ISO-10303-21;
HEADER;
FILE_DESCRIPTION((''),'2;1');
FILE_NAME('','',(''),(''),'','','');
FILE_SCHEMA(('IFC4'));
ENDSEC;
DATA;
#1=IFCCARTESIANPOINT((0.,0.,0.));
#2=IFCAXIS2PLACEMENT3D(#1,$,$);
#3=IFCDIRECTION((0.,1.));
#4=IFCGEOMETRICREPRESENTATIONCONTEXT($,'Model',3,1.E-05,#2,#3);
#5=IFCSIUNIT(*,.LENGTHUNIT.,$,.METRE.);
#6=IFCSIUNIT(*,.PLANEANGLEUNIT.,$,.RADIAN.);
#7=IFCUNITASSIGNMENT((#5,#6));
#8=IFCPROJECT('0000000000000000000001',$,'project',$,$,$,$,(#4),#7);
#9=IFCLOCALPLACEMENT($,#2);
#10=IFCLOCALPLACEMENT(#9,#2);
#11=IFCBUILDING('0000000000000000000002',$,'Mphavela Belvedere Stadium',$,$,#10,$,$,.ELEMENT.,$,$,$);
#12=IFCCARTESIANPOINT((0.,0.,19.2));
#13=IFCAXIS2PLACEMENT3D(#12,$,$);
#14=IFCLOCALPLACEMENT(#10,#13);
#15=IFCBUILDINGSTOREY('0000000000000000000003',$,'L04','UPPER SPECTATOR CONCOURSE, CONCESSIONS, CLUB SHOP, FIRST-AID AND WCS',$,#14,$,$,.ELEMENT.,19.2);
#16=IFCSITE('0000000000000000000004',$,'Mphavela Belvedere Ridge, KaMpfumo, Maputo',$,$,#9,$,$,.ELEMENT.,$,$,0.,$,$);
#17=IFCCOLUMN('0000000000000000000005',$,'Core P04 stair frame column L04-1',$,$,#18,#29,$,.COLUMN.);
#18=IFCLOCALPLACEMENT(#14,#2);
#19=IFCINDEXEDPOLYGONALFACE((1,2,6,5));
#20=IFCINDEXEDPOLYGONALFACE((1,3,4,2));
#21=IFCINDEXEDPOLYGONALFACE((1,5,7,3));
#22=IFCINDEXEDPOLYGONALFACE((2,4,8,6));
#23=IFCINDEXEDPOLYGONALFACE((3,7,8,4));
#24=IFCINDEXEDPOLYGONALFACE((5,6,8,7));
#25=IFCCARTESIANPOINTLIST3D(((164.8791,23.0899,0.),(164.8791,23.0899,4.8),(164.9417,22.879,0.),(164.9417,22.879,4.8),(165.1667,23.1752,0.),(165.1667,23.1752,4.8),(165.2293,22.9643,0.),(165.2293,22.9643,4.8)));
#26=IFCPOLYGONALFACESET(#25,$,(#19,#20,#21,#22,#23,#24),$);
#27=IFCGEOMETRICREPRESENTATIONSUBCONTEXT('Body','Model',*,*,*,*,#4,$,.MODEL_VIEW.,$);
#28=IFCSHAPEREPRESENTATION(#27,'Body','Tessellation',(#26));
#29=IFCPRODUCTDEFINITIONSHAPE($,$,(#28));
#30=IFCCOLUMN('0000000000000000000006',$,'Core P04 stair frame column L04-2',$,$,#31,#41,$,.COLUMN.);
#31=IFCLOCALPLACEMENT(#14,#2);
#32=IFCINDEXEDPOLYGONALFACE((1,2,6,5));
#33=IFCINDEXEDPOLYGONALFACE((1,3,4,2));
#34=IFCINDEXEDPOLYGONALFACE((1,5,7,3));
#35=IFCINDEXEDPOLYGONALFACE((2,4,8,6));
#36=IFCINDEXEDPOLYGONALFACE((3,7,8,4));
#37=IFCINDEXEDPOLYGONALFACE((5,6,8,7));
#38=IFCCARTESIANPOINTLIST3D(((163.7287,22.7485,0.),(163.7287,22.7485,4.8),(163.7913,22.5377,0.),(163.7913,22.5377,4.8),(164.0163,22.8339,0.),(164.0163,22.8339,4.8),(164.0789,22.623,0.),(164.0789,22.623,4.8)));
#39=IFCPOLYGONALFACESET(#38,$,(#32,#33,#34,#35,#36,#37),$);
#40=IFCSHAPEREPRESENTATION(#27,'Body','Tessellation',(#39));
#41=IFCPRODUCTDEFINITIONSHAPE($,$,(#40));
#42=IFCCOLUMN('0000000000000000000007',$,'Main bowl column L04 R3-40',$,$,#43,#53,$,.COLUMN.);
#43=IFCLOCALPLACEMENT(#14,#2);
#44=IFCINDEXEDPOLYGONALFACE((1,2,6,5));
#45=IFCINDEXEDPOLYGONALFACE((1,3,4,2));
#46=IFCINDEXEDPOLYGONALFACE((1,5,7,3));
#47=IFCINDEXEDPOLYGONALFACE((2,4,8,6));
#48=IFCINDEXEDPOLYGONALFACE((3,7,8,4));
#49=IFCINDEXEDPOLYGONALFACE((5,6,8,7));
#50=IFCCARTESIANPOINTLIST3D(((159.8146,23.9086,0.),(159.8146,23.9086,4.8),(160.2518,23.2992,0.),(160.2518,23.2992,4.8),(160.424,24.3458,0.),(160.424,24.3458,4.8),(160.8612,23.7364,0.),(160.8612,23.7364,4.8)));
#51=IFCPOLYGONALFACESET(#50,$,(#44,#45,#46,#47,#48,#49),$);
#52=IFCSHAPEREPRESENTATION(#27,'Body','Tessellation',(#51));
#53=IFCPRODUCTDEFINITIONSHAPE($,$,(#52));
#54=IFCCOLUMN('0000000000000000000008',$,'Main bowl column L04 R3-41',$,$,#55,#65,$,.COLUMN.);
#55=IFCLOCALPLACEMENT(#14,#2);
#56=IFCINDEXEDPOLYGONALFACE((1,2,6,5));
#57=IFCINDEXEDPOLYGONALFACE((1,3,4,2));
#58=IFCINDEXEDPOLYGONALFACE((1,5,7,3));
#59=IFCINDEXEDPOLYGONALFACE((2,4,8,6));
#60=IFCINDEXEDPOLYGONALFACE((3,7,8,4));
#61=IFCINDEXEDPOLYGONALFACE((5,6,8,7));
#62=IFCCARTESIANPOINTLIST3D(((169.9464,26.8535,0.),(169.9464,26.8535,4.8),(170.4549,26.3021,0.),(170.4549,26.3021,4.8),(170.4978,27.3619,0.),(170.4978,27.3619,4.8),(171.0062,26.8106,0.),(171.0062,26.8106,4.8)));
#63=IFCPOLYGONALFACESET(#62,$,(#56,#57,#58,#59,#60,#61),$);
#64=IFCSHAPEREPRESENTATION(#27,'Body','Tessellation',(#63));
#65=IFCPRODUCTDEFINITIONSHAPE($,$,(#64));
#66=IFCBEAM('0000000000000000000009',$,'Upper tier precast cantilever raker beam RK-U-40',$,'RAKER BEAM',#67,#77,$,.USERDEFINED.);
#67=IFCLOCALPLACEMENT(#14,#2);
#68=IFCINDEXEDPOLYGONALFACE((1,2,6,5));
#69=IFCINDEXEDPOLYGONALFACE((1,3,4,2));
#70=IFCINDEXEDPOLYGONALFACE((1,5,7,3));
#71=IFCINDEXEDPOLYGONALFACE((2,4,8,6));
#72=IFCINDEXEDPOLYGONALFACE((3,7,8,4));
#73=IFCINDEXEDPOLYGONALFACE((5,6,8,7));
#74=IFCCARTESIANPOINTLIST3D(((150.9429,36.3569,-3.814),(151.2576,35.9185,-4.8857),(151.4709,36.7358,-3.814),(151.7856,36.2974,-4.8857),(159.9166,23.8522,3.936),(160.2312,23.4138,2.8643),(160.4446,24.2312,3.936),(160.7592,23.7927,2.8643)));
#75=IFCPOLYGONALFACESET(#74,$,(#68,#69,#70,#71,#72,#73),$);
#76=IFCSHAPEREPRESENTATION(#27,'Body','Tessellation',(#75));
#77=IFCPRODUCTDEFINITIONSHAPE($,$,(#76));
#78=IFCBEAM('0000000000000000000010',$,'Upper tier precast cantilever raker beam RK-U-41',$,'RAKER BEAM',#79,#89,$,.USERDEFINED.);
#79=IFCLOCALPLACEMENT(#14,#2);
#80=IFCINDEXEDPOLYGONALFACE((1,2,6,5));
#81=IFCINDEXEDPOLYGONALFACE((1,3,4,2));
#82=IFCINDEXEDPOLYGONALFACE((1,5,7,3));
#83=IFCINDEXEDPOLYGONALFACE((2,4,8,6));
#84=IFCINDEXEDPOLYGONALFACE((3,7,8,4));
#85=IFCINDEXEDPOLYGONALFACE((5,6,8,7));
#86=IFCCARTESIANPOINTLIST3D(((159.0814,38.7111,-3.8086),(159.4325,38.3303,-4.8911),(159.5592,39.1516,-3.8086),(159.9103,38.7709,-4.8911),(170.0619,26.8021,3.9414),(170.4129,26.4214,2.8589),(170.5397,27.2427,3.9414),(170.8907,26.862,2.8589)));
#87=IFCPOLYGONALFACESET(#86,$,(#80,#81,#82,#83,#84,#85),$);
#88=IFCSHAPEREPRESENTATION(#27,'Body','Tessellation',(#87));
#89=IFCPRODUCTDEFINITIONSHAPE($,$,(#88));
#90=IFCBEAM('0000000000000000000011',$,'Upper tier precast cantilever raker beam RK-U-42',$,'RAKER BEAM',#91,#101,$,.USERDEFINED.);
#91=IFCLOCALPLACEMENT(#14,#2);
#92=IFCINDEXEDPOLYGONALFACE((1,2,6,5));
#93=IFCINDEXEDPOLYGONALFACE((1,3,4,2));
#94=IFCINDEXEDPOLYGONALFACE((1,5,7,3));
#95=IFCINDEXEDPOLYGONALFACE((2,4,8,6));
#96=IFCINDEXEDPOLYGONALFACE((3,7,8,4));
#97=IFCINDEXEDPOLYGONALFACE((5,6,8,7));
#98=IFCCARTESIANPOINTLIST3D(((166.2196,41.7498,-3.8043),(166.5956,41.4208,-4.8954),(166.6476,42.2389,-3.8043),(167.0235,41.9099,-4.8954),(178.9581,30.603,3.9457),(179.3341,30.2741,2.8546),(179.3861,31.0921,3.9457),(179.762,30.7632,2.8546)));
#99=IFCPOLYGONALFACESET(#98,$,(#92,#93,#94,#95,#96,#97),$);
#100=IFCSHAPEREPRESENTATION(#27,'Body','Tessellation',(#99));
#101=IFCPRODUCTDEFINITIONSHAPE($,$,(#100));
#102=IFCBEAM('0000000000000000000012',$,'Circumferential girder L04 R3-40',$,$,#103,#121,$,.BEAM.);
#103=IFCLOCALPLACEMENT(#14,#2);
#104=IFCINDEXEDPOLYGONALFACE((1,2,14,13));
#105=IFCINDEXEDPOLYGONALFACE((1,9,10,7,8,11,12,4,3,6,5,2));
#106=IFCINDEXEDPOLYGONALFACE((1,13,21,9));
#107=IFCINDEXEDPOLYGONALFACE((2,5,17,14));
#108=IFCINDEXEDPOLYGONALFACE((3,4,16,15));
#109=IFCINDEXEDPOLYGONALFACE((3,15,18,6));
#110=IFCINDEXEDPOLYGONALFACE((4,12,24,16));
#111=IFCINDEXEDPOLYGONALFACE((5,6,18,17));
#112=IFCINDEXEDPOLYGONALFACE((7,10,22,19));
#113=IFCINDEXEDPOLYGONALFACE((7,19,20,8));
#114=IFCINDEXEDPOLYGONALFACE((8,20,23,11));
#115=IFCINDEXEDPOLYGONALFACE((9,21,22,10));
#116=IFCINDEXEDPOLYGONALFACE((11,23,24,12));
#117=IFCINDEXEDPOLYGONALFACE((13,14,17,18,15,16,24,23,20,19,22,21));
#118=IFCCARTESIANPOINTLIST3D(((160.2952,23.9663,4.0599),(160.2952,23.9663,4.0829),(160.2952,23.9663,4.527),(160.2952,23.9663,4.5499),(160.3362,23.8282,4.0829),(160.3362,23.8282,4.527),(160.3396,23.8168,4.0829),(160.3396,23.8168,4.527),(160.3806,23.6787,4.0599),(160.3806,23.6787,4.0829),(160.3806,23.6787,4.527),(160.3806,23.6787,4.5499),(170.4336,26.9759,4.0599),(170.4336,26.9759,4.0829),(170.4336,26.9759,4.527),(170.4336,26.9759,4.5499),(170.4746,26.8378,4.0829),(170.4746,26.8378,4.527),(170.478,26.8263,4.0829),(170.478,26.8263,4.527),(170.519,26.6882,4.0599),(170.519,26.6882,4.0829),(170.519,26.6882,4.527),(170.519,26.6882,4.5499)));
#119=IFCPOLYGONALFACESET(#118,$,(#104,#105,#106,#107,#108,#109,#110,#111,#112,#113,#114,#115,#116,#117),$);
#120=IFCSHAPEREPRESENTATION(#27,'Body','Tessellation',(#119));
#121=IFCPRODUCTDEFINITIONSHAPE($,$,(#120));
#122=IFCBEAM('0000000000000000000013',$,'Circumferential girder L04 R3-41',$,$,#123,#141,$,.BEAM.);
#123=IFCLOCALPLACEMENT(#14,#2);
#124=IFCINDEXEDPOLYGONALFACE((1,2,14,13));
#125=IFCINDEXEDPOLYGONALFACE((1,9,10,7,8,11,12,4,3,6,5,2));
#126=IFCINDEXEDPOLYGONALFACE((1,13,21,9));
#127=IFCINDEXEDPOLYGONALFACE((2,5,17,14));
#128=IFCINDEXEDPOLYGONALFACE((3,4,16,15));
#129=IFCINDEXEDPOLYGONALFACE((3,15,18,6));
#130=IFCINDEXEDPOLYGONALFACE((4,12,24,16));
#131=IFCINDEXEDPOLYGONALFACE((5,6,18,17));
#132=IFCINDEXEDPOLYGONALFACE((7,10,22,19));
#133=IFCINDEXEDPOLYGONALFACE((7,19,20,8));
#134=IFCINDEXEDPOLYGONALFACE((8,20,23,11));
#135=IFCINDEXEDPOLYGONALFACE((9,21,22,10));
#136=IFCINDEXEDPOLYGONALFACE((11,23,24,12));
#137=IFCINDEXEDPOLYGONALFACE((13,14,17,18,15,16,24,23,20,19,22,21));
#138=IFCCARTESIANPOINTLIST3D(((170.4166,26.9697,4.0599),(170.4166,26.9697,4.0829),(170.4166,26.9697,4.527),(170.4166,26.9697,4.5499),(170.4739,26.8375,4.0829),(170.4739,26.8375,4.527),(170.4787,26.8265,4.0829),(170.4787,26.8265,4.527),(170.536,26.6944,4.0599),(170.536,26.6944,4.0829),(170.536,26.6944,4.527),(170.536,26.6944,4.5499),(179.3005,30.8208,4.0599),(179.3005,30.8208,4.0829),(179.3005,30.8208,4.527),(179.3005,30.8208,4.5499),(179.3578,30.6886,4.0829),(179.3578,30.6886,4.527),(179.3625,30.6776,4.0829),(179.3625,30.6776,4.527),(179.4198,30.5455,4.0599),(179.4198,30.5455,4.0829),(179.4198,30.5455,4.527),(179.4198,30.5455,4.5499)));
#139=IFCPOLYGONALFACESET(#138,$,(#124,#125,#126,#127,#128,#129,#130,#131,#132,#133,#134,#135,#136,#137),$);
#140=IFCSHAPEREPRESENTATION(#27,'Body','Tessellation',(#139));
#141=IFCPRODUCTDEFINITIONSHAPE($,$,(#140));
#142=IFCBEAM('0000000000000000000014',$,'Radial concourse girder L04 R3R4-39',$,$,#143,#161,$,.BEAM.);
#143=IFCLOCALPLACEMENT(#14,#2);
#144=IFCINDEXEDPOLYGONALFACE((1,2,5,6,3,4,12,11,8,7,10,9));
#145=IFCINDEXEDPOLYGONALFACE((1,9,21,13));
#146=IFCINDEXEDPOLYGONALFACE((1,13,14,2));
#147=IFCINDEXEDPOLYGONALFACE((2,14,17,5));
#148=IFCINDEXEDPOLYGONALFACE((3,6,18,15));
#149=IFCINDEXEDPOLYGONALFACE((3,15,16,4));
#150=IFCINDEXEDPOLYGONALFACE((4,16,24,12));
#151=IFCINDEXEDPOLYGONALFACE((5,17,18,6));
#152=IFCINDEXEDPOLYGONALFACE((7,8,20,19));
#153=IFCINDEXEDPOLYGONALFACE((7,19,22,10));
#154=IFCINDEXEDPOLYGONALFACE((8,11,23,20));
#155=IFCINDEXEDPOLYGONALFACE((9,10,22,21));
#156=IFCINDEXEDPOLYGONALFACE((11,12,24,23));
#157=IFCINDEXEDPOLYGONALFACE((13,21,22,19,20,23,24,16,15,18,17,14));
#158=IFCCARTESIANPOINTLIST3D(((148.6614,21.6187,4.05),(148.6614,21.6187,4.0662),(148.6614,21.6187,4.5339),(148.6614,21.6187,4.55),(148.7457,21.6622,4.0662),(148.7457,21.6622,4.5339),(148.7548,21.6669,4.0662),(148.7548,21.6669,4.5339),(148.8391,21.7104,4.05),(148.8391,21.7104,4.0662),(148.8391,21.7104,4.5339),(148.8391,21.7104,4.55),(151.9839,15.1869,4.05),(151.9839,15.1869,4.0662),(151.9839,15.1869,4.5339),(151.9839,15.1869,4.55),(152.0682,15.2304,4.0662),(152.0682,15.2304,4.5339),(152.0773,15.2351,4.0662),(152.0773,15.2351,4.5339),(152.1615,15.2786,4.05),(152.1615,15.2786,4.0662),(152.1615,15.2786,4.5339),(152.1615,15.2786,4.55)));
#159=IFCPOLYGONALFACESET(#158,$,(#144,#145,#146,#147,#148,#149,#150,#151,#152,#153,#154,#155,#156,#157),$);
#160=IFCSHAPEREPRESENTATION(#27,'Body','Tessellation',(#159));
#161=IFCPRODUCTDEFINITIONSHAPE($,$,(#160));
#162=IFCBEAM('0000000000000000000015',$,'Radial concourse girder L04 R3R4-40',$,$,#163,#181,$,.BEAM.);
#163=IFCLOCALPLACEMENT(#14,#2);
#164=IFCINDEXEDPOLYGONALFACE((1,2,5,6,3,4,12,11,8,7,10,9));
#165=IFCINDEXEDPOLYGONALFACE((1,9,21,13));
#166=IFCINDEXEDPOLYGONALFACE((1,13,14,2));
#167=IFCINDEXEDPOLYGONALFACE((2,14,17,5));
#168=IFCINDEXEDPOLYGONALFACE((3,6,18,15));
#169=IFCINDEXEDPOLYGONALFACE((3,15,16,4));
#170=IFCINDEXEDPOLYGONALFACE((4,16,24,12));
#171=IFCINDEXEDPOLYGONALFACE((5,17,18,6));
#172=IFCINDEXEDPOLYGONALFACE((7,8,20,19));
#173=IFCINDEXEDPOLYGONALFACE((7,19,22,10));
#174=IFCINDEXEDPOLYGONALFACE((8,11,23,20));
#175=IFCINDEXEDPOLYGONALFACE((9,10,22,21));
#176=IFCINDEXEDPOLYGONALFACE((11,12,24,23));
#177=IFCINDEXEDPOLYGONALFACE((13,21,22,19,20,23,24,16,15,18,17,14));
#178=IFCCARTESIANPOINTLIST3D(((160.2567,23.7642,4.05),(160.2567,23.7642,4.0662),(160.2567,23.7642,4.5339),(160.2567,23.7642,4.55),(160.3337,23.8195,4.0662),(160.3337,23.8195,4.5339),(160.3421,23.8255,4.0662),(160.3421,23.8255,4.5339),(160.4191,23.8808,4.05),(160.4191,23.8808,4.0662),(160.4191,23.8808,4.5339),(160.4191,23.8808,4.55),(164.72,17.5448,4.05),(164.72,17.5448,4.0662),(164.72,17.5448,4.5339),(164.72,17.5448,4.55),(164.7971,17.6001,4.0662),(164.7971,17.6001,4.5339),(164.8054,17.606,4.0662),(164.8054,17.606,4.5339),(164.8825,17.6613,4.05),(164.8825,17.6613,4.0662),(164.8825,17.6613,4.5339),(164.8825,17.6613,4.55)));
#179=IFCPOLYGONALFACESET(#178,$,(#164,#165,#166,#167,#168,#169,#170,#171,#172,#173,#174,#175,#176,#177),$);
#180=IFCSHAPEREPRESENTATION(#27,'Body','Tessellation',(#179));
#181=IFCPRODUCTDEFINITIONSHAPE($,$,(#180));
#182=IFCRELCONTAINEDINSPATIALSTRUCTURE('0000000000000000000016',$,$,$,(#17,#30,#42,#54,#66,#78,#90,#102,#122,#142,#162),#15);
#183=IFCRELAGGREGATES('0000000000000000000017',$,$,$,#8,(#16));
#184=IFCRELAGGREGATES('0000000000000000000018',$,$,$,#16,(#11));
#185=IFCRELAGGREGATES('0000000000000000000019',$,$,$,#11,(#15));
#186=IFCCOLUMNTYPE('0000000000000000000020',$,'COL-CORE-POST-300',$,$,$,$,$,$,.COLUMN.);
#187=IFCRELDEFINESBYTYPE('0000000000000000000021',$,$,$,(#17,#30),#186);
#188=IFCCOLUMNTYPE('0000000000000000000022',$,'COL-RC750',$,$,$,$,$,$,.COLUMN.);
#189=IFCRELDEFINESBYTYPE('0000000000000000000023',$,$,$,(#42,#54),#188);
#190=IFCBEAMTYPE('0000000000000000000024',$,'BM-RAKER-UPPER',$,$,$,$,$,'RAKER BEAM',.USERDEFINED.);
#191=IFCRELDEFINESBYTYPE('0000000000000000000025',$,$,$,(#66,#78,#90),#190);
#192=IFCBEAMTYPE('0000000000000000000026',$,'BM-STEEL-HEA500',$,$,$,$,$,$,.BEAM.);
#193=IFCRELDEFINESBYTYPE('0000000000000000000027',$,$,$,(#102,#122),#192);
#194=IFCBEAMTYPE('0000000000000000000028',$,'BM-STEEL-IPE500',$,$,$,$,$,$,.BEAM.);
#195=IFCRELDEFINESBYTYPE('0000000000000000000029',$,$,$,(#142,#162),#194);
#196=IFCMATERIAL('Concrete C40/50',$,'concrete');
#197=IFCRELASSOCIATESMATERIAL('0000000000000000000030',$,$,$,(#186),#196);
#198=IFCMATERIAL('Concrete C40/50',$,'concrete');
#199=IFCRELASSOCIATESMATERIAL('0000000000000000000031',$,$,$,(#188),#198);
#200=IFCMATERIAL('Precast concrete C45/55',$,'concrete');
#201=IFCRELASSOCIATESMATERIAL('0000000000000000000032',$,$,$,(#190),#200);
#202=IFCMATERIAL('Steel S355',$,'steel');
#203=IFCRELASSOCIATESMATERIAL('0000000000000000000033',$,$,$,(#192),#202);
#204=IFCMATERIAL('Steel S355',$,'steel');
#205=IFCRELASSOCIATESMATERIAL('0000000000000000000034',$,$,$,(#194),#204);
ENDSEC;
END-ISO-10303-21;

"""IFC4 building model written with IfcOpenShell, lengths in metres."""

from ifc_helpers import new_model, si_unit, direction, frame, origin, origin_2d, place, context, subcontext, project, spatial, rectangle, i_section, extrude, material, material_profile, profile_set, type_object, element, save


model = new_model("IFC4")

# Units and contexts
model_context = context("Model", 3, precision=1e-05, world=origin(), true_north=direction((0.0, 1.0)))
body_context = subcontext(model_context, "Body", "Model", "MODEL_VIEW")
ifc_project = project(units=[si_unit("LENGTHUNIT", "METRE"), si_unit("PLANEANGLEUNIT", "RADIAN")], contexts=[model_context])

# Site, building, storey
site_placement = place(None, origin())
site = spatial("IfcSite", under=ifc_project, at=site_placement, Name="Mphavela Belvedere Ridge, KaMpfumo, Maputo", CompositionType="ELEMENT", RefElevation=0.0)
building_placement = place(site_placement, origin())
building = spatial("IfcBuilding", under=site, at=building_placement, Name="Mphavela Belvedere Stadium", CompositionType="ELEMENT")
storey_placement = place(building_placement, frame((0.0, 0.0, 19.2)))
storey = spatial("IfcBuildingStorey", under=building, at=storey_placement, Name="L04", Description="UPPER SPECTATOR CONCOURSE, CONCESSIONS, CLUB SHOP, FIRST-AID AND WCS", CompositionType="ELEMENT", Elevation=19.2)

# Columns
ifc_material_1 = material(Name="Concrete C40/50", Category="concrete")
ifc_material_profile_1 = material_profile(ifc_material_1, rectangle(XDim=0.3, YDim=0.22, at=origin_2d()), Name="RC 300x220")
ifc_profile_set_1 = profile_set([ifc_material_profile_1], Name="Concrete C40/50")
column_type_1 = type_object("IfcColumnType", Name="COL-CORE-POST-300", PredefinedType="COLUMN", material=ifc_profile_set_1)
for number, where, z_axis, x_axis, name in (
    (1, (165.0542, 23.0271, 0.0), (0.0, 0.0, 1.0), (-0.958671, -0.284517, 0.0), "Core P04 stair frame column L04-1"),
    (2, (163.9038, 22.6858, 0.0), (0.0, 0.0, 1.0), (-0.958671, -0.284517, 0.0), "Core P04 stair frame column L04-2"),
):
    element("IfcColumn", number, at=place(storey_placement, frame(where, z_axis=z_axis, x_axis=x_axis)), inside=storey, type_object=column_type_1, Name=name, PredefinedType="COLUMN", context=body_context, shape_type="SweptSolid", body=[
        extrude(rectangle(XDim=0.3, YDim=0.22, at=origin_2d()), origin(), (0.0, 0.0, 1.0), 4.8),
    ])
ifc_material_2 = material(Name="Concrete C40/50", Category="concrete")
ifc_material_profile_2 = material_profile(ifc_material_2, rectangle(XDim=0.75, YDim=0.75, at=origin_2d()), Name="RC 750x750")
ifc_profile_set_2 = profile_set([ifc_material_profile_2], Name="Concrete C40/50")
column_type_2 = type_object("IfcColumnType", Name="COL-RC750", PredefinedType="COLUMN", material=ifc_profile_set_2)
for number, where, z_axis, x_axis, name in (
    (3, (160.3379, 23.8225, 0.0), (0.0, 0.0, 1.0), (0.582974, -0.812491, 0.0), "Main bowl column L04 R3-40"),
    (4, (170.4763, 26.832, 0.0), (0.0, 0.0, 1.0), (0.677903, -0.735151, 0.0), "Main bowl column L04 R3-41"),
):
    element("IfcColumn", number, at=place(storey_placement, frame(where, z_axis=z_axis, x_axis=x_axis)), inside=storey, type_object=column_type_2, Name=name, PredefinedType="COLUMN", context=body_context, shape_type="SweptSolid", body=[
        extrude(rectangle(XDim=0.75, YDim=0.75, at=origin_2d()), origin(), (0.0, 0.0, 1.0), 4.8),
    ])

# Beams
ifc_material_3 = material(Name="Precast concrete C45/55", Category="concrete")
ifc_material_profile_3 = material_profile(ifc_material_3, rectangle(XDim=0.6499, YDim=1.2, at=origin_2d()), Name="PC 650x1200")
ifc_profile_set_3 = profile_set([ifc_material_profile_3], Name="Precast concrete C45/55")
beam_type_1 = type_object("IfcBeamType", Name="BM-RAKER-UPPER", ElementType="RAKER BEAM", PredefinedType="USERDEFINED", material=ifc_profile_set_3)
beam_1_placement = place(storey_placement, frame((151.3643, 36.3271, -4.3499), z_axis=(0.520743, -0.725648, 0.449735), x_axis=(0.812449, 0.583033, 0.0)))
element("IfcBeam", 5, at=beam_1_placement, inside=storey, type_object=beam_type_1, Name="Upper tier precast cantilever raker beam RK-U-40", ObjectType="RAKER BEAM", PredefinedType="USERDEFINED", context=body_context, shape_type="SweptSolid", body=[
    extrude(rectangle(XDim=0.6499, YDim=1.2, at=origin_2d()), origin(), (0.0, 0.0, 1.0), 17.2324),
])
beam_2_placement = place(storey_placement, frame((159.4958, 38.741, -4.3499), z_axis=(0.611485, -0.66319, 0.431585), x_axis=(0.735185, 0.677867, 0.0)))
element("IfcBeam", 6, at=beam_2_placement, inside=storey, type_object=beam_type_1, Name="Upper tier precast cantilever raker beam RK-U-41", ObjectType="RAKER BEAM", PredefinedType="USERDEFINED", context=body_context, shape_type="SweptSolid", body=[
    extrude(rectangle(XDim=0.6499, YDim=1.2, at=origin_2d()), origin(), (0.0, 0.0, 1.0), 17.957),
])
beam_3_placement = place(storey_placement, frame((166.6216, 41.8298, -4.3499), z_axis=(0.684252, -0.598748, 0.416293), x_axis=(0.658522, 0.752562, 0.0)))
element("IfcBeam", 7, at=beam_3_placement, inside=storey, type_object=beam_type_1, Name="Upper tier precast cantilever raker beam RK-U-42", ObjectType="RAKER BEAM", PredefinedType="USERDEFINED", context=body_context, shape_type="SweptSolid", body=[
    extrude(rectangle(XDim=0.6499, YDim=1.2, at=origin_2d()), origin(), (0.0, 0.0, 1.0), 18.6167),
])
ifc_material_4 = material(Name="Steel S355", Category="steel")
ifc_material_profile_4 = material_profile(ifc_material_4, i_section(OverallWidth=0.3, OverallDepth=0.49, WebThickness=0.012, FlangeThickness=0.0229, at=origin_2d()), Name="HEA 500")
ifc_profile_set_4 = profile_set([ifc_material_profile_4], Name="Steel S355")
beam_type_2 = type_object("IfcBeamType", Name="BM-STEEL-HEA500", PredefinedType="BEAM", material=ifc_profile_set_4)
beam_4_placement = place(storey_placement, frame((160.3379, 23.8225, 4.3049), z_axis=(0.958655, 0.28457, 0.0), x_axis=(-0.28457, 0.958655, 0.0)))
element("IfcBeam", 8, at=beam_4_placement, inside=storey, type_object=beam_type_2, Name="Circumferential girder L04 R3-40", PredefinedType="BEAM", context=body_context, shape_type="SweptSolid", body=[
    extrude(i_section(OverallWidth=0.3, OverallDepth=0.49, WebThickness=0.012, FlangeThickness=0.0229, at=origin_2d()), origin(), (0.0, 0.0, 1.0), 10.5757),
])
beam_5_placement = place(storey_placement, frame((170.4763, 26.832, 4.3049), z_axis=(0.917502, 0.397732, 0.0), x_axis=(-0.397732, 0.917502, 0.0)))
element("IfcBeam", 9, at=beam_5_placement, inside=storey, type_object=beam_type_2, Name="Circumferential girder L04 R3-41", PredefinedType="BEAM", context=body_context, shape_type="SweptSolid", body=[
    extrude(i_section(OverallWidth=0.3, OverallDepth=0.49, WebThickness=0.012, FlangeThickness=0.0229, at=origin_2d()), origin(), (0.0, 0.0, 1.0), 9.6826),
])
ifc_material_5 = material(Name="Steel S355", Category="steel")
ifc_material_profile_5 = material_profile(ifc_material_5, i_section(OverallWidth=0.2, OverallDepth=0.5, WebThickness=0.0103, FlangeThickness=0.0161, at=origin_2d()), Name="IPE 500")
ifc_profile_set_5 = profile_set([ifc_material_profile_5], Name="Steel S355")
beam_type_3 = type_object("IfcBeamType", Name="BM-STEEL-IPE500", PredefinedType="BEAM", material=ifc_profile_set_5)
beam_6_placement = place(storey_placement, frame((148.7502, 21.6646, 4.3), z_axis=(0.458951, -0.888461, 0.0), x_axis=(0.888461, 0.458951, 0.0)))
element("IfcBeam", 10, at=beam_6_placement, inside=storey, type_object=beam_type_3, Name="Radial concourse girder L04 R3R4-39", PredefinedType="BEAM", context=body_context, shape_type="SweptSolid", body=[
    extrude(i_section(OverallWidth=0.2, OverallDepth=0.5, WebThickness=0.0103, FlangeThickness=0.0161, at=origin_2d()), origin(), (0.0, 0.0, 1.0), 7.2393),
])
beam_7_placement = place(storey_placement, frame((160.3379, 23.8225, 4.3), z_axis=(0.583044, -0.812441, 0.0), x_axis=(0.812441, 0.583044, 0.0)))
element("IfcBeam", 11, at=beam_7_placement, inside=storey, type_object=beam_type_3, Name="Radial concourse girder L04 R3R4-40", PredefinedType="BEAM", context=body_context, shape_type="SweptSolid", body=[
    extrude(i_section(OverallWidth=0.2, OverallDepth=0.5, WebThickness=0.0103, FlangeThickness=0.0161, at=origin_2d()), origin(), (0.0, 0.0, 1.0), 7.6553),
])

save(model, "model.ifc")
